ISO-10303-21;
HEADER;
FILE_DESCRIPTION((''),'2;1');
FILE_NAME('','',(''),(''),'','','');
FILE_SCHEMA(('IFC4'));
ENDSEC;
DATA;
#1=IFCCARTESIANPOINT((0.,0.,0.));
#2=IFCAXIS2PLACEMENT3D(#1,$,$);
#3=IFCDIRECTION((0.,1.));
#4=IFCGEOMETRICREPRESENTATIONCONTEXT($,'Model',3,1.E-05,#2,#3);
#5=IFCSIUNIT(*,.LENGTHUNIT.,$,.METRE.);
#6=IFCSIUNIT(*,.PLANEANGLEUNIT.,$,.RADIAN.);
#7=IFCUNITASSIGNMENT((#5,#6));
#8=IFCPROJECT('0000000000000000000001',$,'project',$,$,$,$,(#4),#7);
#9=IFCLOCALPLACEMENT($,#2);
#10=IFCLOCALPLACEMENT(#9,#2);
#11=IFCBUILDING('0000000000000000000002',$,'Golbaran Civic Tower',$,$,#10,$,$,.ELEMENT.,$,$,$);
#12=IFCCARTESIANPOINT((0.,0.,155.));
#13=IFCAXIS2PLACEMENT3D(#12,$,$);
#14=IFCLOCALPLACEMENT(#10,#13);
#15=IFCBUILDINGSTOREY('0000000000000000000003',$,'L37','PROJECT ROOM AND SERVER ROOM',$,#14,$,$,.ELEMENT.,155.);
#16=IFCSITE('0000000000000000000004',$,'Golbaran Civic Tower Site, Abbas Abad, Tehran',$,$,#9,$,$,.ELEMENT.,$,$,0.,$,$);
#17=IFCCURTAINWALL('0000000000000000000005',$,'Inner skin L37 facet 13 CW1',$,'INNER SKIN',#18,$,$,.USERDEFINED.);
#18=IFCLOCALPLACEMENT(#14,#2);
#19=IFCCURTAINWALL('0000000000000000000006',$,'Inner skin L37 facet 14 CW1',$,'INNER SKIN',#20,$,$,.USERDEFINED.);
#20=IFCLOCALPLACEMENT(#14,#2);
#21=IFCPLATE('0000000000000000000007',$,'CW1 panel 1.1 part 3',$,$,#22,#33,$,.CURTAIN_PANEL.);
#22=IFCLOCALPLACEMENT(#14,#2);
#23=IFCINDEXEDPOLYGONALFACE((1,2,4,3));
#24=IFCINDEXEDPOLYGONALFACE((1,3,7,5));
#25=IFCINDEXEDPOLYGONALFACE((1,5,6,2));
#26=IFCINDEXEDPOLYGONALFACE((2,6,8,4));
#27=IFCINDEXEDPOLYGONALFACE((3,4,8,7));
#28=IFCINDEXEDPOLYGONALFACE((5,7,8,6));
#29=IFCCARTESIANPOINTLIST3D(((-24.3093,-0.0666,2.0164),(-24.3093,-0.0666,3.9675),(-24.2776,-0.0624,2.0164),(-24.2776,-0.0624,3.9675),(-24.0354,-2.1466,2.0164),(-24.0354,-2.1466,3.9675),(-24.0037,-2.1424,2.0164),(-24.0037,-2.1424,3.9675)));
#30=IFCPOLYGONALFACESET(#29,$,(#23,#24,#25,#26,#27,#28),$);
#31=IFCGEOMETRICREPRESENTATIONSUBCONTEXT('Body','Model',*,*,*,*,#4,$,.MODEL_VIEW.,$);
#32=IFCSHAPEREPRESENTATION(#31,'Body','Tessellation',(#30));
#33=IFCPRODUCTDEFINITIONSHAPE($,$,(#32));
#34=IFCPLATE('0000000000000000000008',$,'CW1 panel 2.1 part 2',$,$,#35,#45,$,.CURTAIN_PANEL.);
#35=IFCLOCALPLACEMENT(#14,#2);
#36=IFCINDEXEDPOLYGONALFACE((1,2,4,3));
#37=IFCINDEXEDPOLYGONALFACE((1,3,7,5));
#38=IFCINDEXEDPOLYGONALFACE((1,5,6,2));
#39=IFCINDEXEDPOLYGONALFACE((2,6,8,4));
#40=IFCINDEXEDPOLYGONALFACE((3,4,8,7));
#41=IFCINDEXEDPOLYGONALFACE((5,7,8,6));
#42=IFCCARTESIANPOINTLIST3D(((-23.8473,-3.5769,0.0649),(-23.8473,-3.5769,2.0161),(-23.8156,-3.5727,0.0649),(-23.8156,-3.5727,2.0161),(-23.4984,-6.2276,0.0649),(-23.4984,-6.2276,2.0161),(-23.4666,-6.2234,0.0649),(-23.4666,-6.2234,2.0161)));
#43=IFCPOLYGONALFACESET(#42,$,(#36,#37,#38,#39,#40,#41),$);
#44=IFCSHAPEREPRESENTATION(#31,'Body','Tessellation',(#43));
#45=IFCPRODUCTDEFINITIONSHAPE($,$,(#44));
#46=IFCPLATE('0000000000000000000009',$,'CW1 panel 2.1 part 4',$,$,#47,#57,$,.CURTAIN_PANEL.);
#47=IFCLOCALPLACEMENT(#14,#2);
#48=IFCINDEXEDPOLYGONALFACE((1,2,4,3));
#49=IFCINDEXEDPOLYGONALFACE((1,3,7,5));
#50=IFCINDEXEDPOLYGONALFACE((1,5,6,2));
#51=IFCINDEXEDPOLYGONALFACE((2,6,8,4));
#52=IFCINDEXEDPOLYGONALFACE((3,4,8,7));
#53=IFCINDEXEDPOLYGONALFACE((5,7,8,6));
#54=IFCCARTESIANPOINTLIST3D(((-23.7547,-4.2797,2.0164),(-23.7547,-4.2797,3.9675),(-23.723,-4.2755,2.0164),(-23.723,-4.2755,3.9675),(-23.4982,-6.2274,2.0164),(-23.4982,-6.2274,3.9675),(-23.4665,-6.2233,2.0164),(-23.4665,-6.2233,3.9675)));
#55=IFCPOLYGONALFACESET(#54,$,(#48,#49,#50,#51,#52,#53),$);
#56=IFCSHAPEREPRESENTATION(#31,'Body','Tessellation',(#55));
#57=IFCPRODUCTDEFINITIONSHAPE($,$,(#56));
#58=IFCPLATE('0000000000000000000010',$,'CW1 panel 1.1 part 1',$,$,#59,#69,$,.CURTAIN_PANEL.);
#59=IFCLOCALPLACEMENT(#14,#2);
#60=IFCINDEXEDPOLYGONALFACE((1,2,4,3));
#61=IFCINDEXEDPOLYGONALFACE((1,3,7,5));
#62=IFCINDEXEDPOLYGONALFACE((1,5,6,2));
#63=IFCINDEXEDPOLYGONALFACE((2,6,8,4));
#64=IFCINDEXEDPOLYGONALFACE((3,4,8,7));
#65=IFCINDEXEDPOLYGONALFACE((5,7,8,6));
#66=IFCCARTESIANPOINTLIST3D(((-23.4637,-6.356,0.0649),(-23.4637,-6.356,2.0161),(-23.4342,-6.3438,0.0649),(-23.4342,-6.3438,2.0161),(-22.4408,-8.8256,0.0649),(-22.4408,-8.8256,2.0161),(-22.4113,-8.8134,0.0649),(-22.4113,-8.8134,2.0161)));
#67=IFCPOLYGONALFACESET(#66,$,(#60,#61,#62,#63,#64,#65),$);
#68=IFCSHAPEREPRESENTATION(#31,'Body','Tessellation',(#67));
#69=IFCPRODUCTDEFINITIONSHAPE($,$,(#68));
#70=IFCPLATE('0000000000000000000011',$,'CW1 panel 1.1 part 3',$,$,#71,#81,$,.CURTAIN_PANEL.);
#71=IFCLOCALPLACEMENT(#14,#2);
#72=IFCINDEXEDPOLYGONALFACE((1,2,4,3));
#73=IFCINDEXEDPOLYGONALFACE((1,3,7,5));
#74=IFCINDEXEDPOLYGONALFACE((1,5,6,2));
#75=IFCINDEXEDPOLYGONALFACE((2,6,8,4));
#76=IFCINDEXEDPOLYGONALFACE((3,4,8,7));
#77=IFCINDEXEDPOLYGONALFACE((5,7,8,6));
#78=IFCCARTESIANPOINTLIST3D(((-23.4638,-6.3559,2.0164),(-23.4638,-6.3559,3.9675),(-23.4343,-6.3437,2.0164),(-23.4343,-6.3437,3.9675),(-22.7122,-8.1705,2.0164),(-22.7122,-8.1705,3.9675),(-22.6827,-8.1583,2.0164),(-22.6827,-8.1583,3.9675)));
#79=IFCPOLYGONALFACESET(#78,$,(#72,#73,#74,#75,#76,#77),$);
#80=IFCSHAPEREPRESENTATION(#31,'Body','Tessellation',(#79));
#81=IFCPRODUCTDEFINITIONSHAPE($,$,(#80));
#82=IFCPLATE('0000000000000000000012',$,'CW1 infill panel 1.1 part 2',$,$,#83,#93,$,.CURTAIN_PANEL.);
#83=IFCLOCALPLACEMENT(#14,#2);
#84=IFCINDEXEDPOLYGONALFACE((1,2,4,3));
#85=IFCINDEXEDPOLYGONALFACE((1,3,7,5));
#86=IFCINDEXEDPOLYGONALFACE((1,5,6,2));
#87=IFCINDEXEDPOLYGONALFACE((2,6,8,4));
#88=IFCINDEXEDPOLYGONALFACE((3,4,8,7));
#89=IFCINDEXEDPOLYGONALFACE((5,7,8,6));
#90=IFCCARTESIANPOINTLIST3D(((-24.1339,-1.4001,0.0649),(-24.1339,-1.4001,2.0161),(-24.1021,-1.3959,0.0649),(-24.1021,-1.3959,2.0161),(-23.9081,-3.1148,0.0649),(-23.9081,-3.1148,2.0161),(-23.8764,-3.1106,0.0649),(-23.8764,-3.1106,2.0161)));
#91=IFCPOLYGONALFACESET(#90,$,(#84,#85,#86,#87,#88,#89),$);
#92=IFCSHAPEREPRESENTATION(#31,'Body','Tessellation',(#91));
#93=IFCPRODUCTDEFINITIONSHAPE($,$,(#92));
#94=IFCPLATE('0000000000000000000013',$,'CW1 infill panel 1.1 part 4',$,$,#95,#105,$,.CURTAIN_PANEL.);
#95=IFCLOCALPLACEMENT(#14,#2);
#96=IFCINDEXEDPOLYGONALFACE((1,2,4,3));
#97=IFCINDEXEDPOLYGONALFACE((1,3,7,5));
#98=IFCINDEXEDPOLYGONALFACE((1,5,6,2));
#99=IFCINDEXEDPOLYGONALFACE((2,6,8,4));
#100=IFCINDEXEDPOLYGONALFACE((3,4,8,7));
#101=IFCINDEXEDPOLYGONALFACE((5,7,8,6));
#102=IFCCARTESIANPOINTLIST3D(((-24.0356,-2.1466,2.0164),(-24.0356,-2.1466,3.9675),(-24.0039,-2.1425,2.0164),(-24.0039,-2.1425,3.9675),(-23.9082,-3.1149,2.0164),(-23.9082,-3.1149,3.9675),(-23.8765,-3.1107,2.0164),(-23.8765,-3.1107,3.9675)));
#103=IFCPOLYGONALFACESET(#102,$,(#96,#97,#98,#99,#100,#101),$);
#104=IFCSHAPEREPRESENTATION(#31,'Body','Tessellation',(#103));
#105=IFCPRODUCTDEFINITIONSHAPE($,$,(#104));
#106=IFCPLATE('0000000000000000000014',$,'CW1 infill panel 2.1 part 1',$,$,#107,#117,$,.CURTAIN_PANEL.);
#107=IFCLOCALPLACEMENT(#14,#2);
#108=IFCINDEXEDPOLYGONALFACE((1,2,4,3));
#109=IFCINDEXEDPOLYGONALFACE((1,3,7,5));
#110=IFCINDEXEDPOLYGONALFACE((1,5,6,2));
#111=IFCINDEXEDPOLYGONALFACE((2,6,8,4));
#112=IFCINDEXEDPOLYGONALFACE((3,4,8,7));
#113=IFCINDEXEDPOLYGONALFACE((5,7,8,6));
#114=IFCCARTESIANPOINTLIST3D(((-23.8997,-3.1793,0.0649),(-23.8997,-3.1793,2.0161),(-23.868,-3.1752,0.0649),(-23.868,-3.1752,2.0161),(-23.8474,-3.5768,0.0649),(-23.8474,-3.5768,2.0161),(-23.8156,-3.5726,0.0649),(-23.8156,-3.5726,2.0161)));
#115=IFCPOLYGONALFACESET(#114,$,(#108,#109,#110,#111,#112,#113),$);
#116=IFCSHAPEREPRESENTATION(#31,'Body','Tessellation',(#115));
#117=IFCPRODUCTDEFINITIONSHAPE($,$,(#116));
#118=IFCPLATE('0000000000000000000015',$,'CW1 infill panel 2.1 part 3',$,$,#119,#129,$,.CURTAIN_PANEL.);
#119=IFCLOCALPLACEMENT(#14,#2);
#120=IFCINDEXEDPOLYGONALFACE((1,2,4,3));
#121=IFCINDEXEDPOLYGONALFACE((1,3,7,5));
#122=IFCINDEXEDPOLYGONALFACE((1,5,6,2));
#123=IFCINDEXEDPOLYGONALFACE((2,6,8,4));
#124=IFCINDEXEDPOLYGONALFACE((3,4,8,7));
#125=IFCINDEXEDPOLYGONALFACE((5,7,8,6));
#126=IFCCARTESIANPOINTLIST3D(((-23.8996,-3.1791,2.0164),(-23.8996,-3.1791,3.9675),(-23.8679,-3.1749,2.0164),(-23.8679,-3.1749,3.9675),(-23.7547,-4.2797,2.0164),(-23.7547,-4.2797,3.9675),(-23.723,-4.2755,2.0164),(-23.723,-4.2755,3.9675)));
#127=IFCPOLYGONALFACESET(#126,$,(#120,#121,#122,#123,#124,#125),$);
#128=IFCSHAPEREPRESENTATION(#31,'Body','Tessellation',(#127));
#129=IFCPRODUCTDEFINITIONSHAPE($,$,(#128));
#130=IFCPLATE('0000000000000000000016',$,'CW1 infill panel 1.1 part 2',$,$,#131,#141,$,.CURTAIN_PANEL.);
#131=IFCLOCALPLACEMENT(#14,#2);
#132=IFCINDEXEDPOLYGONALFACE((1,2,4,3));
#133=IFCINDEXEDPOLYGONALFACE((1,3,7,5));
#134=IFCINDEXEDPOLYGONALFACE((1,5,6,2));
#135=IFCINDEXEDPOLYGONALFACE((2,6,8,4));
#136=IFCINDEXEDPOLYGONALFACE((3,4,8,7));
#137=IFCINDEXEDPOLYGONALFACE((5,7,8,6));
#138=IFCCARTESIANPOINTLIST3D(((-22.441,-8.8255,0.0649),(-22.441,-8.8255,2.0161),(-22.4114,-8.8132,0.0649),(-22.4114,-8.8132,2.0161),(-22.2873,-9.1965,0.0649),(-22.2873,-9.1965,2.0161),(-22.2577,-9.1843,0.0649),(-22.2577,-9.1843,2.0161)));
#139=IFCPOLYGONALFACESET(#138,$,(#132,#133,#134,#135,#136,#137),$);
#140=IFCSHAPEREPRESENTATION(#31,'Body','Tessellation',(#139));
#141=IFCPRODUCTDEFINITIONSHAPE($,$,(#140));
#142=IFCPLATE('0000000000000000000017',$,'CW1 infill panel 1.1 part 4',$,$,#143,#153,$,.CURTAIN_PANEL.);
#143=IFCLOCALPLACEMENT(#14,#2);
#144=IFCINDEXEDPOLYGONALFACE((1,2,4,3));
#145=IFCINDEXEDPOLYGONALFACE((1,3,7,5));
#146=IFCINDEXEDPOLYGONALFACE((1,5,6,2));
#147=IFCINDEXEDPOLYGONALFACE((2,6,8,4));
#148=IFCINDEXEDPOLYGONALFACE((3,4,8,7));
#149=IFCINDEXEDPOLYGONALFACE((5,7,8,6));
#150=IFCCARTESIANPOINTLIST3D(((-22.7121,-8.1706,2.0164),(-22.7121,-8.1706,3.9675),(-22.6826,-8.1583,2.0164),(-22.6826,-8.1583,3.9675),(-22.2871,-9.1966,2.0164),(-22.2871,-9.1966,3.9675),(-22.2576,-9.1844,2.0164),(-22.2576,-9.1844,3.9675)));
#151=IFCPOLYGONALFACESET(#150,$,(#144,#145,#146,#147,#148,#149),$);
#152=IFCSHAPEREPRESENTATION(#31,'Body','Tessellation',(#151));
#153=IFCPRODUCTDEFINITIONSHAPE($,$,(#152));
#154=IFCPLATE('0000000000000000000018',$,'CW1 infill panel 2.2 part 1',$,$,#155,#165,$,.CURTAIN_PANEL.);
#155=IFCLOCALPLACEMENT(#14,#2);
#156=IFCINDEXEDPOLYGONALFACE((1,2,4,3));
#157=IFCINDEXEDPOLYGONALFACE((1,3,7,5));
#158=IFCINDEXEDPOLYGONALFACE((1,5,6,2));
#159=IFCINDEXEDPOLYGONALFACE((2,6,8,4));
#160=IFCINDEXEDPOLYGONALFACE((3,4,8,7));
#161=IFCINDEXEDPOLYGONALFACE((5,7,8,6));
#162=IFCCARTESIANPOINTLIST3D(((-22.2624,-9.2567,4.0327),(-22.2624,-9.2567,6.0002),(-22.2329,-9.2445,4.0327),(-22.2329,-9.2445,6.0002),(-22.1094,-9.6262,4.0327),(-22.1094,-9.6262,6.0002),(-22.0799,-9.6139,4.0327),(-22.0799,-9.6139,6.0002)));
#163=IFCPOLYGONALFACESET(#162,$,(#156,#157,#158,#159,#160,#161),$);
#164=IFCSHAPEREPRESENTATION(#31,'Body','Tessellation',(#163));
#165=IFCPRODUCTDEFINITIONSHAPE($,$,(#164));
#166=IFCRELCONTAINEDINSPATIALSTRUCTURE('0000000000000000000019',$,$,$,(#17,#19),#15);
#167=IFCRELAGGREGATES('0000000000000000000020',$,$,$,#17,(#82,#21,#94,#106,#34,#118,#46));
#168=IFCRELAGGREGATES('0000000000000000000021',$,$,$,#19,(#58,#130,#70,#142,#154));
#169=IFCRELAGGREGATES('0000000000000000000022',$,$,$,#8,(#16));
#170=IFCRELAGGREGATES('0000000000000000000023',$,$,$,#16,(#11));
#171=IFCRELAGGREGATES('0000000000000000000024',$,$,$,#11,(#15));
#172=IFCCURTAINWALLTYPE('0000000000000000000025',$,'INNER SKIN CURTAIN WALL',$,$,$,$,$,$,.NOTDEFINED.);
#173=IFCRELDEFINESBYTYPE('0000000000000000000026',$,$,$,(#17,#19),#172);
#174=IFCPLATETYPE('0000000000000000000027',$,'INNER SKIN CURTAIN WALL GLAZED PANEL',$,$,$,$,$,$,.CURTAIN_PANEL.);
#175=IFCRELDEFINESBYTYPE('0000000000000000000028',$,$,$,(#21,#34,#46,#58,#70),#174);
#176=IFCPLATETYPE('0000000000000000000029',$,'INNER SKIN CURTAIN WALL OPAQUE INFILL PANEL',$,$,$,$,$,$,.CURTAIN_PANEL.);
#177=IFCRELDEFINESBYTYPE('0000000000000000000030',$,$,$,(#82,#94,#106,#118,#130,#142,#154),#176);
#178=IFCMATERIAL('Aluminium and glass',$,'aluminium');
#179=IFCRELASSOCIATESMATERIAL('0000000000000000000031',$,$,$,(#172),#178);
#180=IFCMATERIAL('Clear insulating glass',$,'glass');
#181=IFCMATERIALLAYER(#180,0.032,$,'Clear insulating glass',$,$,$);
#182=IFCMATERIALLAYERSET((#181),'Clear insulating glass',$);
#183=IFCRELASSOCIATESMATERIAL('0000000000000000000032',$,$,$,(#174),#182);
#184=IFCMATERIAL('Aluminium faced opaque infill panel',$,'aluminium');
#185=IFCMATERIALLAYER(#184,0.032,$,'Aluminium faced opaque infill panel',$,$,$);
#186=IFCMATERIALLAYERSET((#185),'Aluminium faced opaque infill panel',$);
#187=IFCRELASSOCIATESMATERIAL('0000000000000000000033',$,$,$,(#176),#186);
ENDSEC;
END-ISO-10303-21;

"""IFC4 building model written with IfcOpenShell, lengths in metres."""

from ifc_helpers import new_model, si_unit, direction, frame, origin, origin_2d, place, context, subcontext, project, spatial, rectangle, extrude, material, layer, layer_set, type_object, element, aggregate, save


model = new_model("IFC4")

# Units and contexts
model_context = context("Model", 3, precision=1e-05, world=origin(), true_north=direction((0.0, 1.0)))
body_context = subcontext(model_context, "Body", "Model", "MODEL_VIEW")
ifc_project = project(units=[si_unit("LENGTHUNIT", "METRE"), si_unit("PLANEANGLEUNIT", "RADIAN")], contexts=[model_context])

# Site, building, storey
site_placement = place(None, origin())
site = spatial("IfcSite", under=ifc_project, at=site_placement, Name="Golbaran Civic Tower Site, Abbas Abad, Tehran", CompositionType="ELEMENT", RefElevation=0.0)
building_placement = place(site_placement, origin())
building = spatial("IfcBuilding", under=site, at=building_placement, Name="Golbaran Civic Tower", CompositionType="ELEMENT")
storey_placement = place(building_placement, frame((0.0, 0.0, 155.0)))
storey = spatial("IfcBuildingStorey", under=building, at=storey_placement, Name="L37", Description="PROJECT ROOM AND SERVER ROOM", CompositionType="ELEMENT", Elevation=155.0)

# Curtain walls
ifc_material_1 = material(Name="Aluminium and glass", Category="aluminium")
curtain_wall_type = type_object("IfcCurtainWallType", Name="INNER SKIN CURTAIN WALL", PredefinedType="NOTDEFINED", material=ifc_material_1)
curtain_wall_1_placement = place(storey_placement, origin())
curtain_wall_1 = element("IfcCurtainWall", 1, at=curtain_wall_1_placement, inside=storey, type_object=curtain_wall_type, Name="Inner skin L37 facet 13 CW1", ObjectType="INNER SKIN", PredefinedType="USERDEFINED")
curtain_wall_2_placement = place(storey_placement, origin())
curtain_wall_2 = element("IfcCurtainWall", 2, at=curtain_wall_2_placement, inside=storey, type_object=curtain_wall_type, Name="Inner skin L37 facet 14 CW1", ObjectType="INNER SKIN", PredefinedType="USERDEFINED")

# Plates
ifc_material_2 = material(Name="Clear insulating glass", Category="glass")
ifc_layer_1 = layer(ifc_material_2, 0.032, Name="Clear insulating glass")
ifc_layer_set_1 = layer_set([ifc_layer_1], Name="Clear insulating glass")
plate_type_1 = type_object("IfcPlateType", Name="INNER SKIN CURTAIN WALL GLAZED PANEL", PredefinedType="CURTAIN_PANEL", material=ifc_layer_set_1)
plate_1_placement = place(storey_placement, frame((-24.1565, -1.1045, 2.0164), z_axis=(0.0, 0.0, 1.0), x_axis=(0.130526, -0.991445, 0.0)))
plate_1 = element("IfcPlate", 3, at=plate_1_placement, type_object=plate_type_1, Name="CW1 panel 1.1 part 3", PredefinedType="CURTAIN_PANEL", context=body_context, shape_type="SweptSolid", body=[
    extrude(rectangle(XDim=2.0979, YDim=0.032, at=origin_2d()), origin(), (0.0, 0.0, 1.0), 1.9512),
])
plate_2_placement = place(storey_placement, frame((-23.657, -4.9001, 0.0649), z_axis=(0.0, 0.0, 1.0), x_axis=(0.130526, -0.991445, 0.0)))
plate_2 = element("IfcPlate", 4, at=plate_2_placement, type_object=plate_type_1, Name="CW1 panel 2.1 part 2", PredefinedType="CURTAIN_PANEL", context=body_context, shape_type="SweptSolid", body=[
    extrude(rectangle(XDim=2.6736, YDim=0.032, at=origin_2d()), origin(), (0.0, 0.0, 1.0), 1.9512),
])
plate_3_placement = place(storey_placement, frame((-23.6106, -5.2515, 2.0164), z_axis=(0.0, 0.0, 1.0), x_axis=(0.130526, -0.991445, 0.0)))
plate_3 = element("IfcPlate", 5, at=plate_3_placement, type_object=plate_type_1, Name="CW1 panel 2.1 part 4", PredefinedType="CURTAIN_PANEL", context=body_context, shape_type="SweptSolid", body=[
    extrude(rectangle(XDim=1.9646, YDim=0.032, at=origin_2d()), origin(), (0.0, 0.0, 1.0), 1.9512),
])
plate_4_placement = place(storey_placement, frame((-22.9375, -7.5847, 0.0649), z_axis=(0.0, 0.0, 1.0), x_axis=(0.382683, -0.92388, 0.0)))
plate_4 = element("IfcPlate", 6, at=plate_4_placement, type_object=plate_type_1, Name="CW1 panel 1.1 part 1", PredefinedType="CURTAIN_PANEL", context=body_context, shape_type="SweptSolid", body=[
    extrude(rectangle(XDim=2.6731, YDim=0.032, at=origin_2d()), origin(), (0.0, 0.0, 1.0), 1.9512),
])
plate_5_placement = place(storey_placement, frame((-23.0732, -7.2571, 2.0164), z_axis=(0.0, 0.0, 1.0), x_axis=(0.382683, -0.92388, 0.0)))
plate_5 = element("IfcPlate", 7, at=plate_5_placement, type_object=plate_type_1, Name="CW1 panel 1.1 part 3", PredefinedType="CURTAIN_PANEL", context=body_context, shape_type="SweptSolid", body=[
    extrude(rectangle(XDim=1.9641, YDim=0.032, at=origin_2d()), origin(), (0.0, 0.0, 1.0), 1.9512),
])
ifc_material_3 = material(Name="Aluminium faced opaque infill panel", Category="aluminium")
ifc_layer_2 = layer(ifc_material_3, 0.032, Name="Aluminium faced opaque infill panel")
ifc_layer_set_2 = layer_set([ifc_layer_2], Name="Aluminium faced opaque infill panel")
plate_type_2 = type_object("IfcPlateType", Name="INNER SKIN CURTAIN WALL OPAQUE INFILL PANEL", PredefinedType="CURTAIN_PANEL", material=ifc_layer_set_2)
plate_6_placement = place(storey_placement, frame((-24.0051, -2.2554, 0.0649), z_axis=(0.0, 0.0, 1.0), x_axis=(0.130526, -0.991445, 0.0)))
plate_6 = element("IfcPlate", 8, at=plate_6_placement, type_object=plate_type_2, Name="CW1 infill panel 1.1 part 2", PredefinedType="CURTAIN_PANEL", context=body_context, shape_type="SweptSolid", body=[
    extrude(rectangle(XDim=1.7295, YDim=0.032, at=origin_2d()), origin(), (0.0, 0.0, 1.0), 1.9512),
])
plate_7_placement = place(storey_placement, frame((-23.9561, -2.6287, 2.0164), z_axis=(0.0, 0.0, 1.0), x_axis=(0.130526, -0.991445, 0.0)))
plate_7 = element("IfcPlate", 9, at=plate_7_placement, type_object=plate_type_2, Name="CW1 infill panel 1.1 part 4", PredefinedType="CURTAIN_PANEL", context=body_context, shape_type="SweptSolid", body=[
    extrude(rectangle(XDim=0.9766, YDim=0.032, at=origin_2d()), origin(), (0.0, 0.0, 1.0), 1.9512),
])
plate_8_placement = place(storey_placement, frame((-23.8577, -3.376, 0.0649), z_axis=(0.0, 0.0, 1.0), x_axis=(0.130526, -0.991445, 0.0)))
plate_8 = element("IfcPlate", 10, at=plate_8_placement, type_object=plate_type_2, Name="CW1 infill panel 2.1 part 1", PredefinedType="CURTAIN_PANEL", context=body_context, shape_type="SweptSolid", body=[
    extrude(rectangle(XDim=0.4009, YDim=0.032, at=origin_2d()), origin(), (0.0, 0.0, 1.0), 1.9512),
])
plate_9_placement = place(storey_placement, frame((-23.8113, -3.7273, 2.0164), z_axis=(0.0, 0.0, 1.0), x_axis=(0.130526, -0.991445, 0.0)))
plate_9 = element("IfcPlate", 11, at=plate_9_placement, type_object=plate_type_2, Name="CW1 infill panel 2.1 part 3", PredefinedType="CURTAIN_PANEL", context=body_context, shape_type="SweptSolid", body=[
    extrude(rectangle(XDim=1.1101, YDim=0.032, at=origin_2d()), origin(), (0.0, 0.0, 1.0), 1.9512),
])
aggregate(curtain_wall_1, [plate_6, plate_1, plate_7, plate_8, plate_2, plate_9, plate_3])
plate_10_placement = place(storey_placement, frame((-22.3494, -9.0049, 0.0649), z_axis=(0.0, 0.0, 1.0), x_axis=(0.382683, -0.92388, 0.0)))
plate_10 = element("IfcPlate", 12, at=plate_10_placement, type_object=plate_type_2, Name="CW1 infill panel 1.1 part 2", PredefinedType="CURTAIN_PANEL", context=body_context, shape_type="SweptSolid", body=[
    extrude(rectangle(XDim=0.4016, YDim=0.032, at=origin_2d()), origin(), (0.0, 0.0, 1.0), 1.9512),
])
plate_11_placement = place(storey_placement, frame((-22.4849, -8.6775, 2.0164), z_axis=(0.0, 0.0, 1.0), x_axis=(0.382683, -0.92388, 0.0)))
plate_11 = element("IfcPlate", 13, at=plate_11_placement, type_object=plate_type_2, Name="CW1 infill panel 1.1 part 4", PredefinedType="CURTAIN_PANEL", context=body_context, shape_type="SweptSolid", body=[
    extrude(rectangle(XDim=1.1106, YDim=0.032, at=origin_2d()), origin(), (0.0, 0.0, 1.0), 1.9512),
])
plate_12_placement = place(storey_placement, frame((-22.1711, -9.4353, 4.0327), z_axis=(0.0, 0.0, 1.0), x_axis=(0.382683, -0.92388, 0.0)))
plate_12 = element("IfcPlate", 14, at=plate_12_placement, type_object=plate_type_2, Name="CW1 infill panel 2.2 part 1", PredefinedType="CURTAIN_PANEL", context=body_context, shape_type="SweptSolid", body=[
    extrude(rectangle(XDim=0.3999, YDim=0.032, at=origin_2d()), origin(), (0.0, 0.0, 1.0), 1.9675),
])
aggregate(curtain_wall_2, [plate_4, plate_10, plate_5, plate_11, plate_12])

save(model, "model.ifc")
